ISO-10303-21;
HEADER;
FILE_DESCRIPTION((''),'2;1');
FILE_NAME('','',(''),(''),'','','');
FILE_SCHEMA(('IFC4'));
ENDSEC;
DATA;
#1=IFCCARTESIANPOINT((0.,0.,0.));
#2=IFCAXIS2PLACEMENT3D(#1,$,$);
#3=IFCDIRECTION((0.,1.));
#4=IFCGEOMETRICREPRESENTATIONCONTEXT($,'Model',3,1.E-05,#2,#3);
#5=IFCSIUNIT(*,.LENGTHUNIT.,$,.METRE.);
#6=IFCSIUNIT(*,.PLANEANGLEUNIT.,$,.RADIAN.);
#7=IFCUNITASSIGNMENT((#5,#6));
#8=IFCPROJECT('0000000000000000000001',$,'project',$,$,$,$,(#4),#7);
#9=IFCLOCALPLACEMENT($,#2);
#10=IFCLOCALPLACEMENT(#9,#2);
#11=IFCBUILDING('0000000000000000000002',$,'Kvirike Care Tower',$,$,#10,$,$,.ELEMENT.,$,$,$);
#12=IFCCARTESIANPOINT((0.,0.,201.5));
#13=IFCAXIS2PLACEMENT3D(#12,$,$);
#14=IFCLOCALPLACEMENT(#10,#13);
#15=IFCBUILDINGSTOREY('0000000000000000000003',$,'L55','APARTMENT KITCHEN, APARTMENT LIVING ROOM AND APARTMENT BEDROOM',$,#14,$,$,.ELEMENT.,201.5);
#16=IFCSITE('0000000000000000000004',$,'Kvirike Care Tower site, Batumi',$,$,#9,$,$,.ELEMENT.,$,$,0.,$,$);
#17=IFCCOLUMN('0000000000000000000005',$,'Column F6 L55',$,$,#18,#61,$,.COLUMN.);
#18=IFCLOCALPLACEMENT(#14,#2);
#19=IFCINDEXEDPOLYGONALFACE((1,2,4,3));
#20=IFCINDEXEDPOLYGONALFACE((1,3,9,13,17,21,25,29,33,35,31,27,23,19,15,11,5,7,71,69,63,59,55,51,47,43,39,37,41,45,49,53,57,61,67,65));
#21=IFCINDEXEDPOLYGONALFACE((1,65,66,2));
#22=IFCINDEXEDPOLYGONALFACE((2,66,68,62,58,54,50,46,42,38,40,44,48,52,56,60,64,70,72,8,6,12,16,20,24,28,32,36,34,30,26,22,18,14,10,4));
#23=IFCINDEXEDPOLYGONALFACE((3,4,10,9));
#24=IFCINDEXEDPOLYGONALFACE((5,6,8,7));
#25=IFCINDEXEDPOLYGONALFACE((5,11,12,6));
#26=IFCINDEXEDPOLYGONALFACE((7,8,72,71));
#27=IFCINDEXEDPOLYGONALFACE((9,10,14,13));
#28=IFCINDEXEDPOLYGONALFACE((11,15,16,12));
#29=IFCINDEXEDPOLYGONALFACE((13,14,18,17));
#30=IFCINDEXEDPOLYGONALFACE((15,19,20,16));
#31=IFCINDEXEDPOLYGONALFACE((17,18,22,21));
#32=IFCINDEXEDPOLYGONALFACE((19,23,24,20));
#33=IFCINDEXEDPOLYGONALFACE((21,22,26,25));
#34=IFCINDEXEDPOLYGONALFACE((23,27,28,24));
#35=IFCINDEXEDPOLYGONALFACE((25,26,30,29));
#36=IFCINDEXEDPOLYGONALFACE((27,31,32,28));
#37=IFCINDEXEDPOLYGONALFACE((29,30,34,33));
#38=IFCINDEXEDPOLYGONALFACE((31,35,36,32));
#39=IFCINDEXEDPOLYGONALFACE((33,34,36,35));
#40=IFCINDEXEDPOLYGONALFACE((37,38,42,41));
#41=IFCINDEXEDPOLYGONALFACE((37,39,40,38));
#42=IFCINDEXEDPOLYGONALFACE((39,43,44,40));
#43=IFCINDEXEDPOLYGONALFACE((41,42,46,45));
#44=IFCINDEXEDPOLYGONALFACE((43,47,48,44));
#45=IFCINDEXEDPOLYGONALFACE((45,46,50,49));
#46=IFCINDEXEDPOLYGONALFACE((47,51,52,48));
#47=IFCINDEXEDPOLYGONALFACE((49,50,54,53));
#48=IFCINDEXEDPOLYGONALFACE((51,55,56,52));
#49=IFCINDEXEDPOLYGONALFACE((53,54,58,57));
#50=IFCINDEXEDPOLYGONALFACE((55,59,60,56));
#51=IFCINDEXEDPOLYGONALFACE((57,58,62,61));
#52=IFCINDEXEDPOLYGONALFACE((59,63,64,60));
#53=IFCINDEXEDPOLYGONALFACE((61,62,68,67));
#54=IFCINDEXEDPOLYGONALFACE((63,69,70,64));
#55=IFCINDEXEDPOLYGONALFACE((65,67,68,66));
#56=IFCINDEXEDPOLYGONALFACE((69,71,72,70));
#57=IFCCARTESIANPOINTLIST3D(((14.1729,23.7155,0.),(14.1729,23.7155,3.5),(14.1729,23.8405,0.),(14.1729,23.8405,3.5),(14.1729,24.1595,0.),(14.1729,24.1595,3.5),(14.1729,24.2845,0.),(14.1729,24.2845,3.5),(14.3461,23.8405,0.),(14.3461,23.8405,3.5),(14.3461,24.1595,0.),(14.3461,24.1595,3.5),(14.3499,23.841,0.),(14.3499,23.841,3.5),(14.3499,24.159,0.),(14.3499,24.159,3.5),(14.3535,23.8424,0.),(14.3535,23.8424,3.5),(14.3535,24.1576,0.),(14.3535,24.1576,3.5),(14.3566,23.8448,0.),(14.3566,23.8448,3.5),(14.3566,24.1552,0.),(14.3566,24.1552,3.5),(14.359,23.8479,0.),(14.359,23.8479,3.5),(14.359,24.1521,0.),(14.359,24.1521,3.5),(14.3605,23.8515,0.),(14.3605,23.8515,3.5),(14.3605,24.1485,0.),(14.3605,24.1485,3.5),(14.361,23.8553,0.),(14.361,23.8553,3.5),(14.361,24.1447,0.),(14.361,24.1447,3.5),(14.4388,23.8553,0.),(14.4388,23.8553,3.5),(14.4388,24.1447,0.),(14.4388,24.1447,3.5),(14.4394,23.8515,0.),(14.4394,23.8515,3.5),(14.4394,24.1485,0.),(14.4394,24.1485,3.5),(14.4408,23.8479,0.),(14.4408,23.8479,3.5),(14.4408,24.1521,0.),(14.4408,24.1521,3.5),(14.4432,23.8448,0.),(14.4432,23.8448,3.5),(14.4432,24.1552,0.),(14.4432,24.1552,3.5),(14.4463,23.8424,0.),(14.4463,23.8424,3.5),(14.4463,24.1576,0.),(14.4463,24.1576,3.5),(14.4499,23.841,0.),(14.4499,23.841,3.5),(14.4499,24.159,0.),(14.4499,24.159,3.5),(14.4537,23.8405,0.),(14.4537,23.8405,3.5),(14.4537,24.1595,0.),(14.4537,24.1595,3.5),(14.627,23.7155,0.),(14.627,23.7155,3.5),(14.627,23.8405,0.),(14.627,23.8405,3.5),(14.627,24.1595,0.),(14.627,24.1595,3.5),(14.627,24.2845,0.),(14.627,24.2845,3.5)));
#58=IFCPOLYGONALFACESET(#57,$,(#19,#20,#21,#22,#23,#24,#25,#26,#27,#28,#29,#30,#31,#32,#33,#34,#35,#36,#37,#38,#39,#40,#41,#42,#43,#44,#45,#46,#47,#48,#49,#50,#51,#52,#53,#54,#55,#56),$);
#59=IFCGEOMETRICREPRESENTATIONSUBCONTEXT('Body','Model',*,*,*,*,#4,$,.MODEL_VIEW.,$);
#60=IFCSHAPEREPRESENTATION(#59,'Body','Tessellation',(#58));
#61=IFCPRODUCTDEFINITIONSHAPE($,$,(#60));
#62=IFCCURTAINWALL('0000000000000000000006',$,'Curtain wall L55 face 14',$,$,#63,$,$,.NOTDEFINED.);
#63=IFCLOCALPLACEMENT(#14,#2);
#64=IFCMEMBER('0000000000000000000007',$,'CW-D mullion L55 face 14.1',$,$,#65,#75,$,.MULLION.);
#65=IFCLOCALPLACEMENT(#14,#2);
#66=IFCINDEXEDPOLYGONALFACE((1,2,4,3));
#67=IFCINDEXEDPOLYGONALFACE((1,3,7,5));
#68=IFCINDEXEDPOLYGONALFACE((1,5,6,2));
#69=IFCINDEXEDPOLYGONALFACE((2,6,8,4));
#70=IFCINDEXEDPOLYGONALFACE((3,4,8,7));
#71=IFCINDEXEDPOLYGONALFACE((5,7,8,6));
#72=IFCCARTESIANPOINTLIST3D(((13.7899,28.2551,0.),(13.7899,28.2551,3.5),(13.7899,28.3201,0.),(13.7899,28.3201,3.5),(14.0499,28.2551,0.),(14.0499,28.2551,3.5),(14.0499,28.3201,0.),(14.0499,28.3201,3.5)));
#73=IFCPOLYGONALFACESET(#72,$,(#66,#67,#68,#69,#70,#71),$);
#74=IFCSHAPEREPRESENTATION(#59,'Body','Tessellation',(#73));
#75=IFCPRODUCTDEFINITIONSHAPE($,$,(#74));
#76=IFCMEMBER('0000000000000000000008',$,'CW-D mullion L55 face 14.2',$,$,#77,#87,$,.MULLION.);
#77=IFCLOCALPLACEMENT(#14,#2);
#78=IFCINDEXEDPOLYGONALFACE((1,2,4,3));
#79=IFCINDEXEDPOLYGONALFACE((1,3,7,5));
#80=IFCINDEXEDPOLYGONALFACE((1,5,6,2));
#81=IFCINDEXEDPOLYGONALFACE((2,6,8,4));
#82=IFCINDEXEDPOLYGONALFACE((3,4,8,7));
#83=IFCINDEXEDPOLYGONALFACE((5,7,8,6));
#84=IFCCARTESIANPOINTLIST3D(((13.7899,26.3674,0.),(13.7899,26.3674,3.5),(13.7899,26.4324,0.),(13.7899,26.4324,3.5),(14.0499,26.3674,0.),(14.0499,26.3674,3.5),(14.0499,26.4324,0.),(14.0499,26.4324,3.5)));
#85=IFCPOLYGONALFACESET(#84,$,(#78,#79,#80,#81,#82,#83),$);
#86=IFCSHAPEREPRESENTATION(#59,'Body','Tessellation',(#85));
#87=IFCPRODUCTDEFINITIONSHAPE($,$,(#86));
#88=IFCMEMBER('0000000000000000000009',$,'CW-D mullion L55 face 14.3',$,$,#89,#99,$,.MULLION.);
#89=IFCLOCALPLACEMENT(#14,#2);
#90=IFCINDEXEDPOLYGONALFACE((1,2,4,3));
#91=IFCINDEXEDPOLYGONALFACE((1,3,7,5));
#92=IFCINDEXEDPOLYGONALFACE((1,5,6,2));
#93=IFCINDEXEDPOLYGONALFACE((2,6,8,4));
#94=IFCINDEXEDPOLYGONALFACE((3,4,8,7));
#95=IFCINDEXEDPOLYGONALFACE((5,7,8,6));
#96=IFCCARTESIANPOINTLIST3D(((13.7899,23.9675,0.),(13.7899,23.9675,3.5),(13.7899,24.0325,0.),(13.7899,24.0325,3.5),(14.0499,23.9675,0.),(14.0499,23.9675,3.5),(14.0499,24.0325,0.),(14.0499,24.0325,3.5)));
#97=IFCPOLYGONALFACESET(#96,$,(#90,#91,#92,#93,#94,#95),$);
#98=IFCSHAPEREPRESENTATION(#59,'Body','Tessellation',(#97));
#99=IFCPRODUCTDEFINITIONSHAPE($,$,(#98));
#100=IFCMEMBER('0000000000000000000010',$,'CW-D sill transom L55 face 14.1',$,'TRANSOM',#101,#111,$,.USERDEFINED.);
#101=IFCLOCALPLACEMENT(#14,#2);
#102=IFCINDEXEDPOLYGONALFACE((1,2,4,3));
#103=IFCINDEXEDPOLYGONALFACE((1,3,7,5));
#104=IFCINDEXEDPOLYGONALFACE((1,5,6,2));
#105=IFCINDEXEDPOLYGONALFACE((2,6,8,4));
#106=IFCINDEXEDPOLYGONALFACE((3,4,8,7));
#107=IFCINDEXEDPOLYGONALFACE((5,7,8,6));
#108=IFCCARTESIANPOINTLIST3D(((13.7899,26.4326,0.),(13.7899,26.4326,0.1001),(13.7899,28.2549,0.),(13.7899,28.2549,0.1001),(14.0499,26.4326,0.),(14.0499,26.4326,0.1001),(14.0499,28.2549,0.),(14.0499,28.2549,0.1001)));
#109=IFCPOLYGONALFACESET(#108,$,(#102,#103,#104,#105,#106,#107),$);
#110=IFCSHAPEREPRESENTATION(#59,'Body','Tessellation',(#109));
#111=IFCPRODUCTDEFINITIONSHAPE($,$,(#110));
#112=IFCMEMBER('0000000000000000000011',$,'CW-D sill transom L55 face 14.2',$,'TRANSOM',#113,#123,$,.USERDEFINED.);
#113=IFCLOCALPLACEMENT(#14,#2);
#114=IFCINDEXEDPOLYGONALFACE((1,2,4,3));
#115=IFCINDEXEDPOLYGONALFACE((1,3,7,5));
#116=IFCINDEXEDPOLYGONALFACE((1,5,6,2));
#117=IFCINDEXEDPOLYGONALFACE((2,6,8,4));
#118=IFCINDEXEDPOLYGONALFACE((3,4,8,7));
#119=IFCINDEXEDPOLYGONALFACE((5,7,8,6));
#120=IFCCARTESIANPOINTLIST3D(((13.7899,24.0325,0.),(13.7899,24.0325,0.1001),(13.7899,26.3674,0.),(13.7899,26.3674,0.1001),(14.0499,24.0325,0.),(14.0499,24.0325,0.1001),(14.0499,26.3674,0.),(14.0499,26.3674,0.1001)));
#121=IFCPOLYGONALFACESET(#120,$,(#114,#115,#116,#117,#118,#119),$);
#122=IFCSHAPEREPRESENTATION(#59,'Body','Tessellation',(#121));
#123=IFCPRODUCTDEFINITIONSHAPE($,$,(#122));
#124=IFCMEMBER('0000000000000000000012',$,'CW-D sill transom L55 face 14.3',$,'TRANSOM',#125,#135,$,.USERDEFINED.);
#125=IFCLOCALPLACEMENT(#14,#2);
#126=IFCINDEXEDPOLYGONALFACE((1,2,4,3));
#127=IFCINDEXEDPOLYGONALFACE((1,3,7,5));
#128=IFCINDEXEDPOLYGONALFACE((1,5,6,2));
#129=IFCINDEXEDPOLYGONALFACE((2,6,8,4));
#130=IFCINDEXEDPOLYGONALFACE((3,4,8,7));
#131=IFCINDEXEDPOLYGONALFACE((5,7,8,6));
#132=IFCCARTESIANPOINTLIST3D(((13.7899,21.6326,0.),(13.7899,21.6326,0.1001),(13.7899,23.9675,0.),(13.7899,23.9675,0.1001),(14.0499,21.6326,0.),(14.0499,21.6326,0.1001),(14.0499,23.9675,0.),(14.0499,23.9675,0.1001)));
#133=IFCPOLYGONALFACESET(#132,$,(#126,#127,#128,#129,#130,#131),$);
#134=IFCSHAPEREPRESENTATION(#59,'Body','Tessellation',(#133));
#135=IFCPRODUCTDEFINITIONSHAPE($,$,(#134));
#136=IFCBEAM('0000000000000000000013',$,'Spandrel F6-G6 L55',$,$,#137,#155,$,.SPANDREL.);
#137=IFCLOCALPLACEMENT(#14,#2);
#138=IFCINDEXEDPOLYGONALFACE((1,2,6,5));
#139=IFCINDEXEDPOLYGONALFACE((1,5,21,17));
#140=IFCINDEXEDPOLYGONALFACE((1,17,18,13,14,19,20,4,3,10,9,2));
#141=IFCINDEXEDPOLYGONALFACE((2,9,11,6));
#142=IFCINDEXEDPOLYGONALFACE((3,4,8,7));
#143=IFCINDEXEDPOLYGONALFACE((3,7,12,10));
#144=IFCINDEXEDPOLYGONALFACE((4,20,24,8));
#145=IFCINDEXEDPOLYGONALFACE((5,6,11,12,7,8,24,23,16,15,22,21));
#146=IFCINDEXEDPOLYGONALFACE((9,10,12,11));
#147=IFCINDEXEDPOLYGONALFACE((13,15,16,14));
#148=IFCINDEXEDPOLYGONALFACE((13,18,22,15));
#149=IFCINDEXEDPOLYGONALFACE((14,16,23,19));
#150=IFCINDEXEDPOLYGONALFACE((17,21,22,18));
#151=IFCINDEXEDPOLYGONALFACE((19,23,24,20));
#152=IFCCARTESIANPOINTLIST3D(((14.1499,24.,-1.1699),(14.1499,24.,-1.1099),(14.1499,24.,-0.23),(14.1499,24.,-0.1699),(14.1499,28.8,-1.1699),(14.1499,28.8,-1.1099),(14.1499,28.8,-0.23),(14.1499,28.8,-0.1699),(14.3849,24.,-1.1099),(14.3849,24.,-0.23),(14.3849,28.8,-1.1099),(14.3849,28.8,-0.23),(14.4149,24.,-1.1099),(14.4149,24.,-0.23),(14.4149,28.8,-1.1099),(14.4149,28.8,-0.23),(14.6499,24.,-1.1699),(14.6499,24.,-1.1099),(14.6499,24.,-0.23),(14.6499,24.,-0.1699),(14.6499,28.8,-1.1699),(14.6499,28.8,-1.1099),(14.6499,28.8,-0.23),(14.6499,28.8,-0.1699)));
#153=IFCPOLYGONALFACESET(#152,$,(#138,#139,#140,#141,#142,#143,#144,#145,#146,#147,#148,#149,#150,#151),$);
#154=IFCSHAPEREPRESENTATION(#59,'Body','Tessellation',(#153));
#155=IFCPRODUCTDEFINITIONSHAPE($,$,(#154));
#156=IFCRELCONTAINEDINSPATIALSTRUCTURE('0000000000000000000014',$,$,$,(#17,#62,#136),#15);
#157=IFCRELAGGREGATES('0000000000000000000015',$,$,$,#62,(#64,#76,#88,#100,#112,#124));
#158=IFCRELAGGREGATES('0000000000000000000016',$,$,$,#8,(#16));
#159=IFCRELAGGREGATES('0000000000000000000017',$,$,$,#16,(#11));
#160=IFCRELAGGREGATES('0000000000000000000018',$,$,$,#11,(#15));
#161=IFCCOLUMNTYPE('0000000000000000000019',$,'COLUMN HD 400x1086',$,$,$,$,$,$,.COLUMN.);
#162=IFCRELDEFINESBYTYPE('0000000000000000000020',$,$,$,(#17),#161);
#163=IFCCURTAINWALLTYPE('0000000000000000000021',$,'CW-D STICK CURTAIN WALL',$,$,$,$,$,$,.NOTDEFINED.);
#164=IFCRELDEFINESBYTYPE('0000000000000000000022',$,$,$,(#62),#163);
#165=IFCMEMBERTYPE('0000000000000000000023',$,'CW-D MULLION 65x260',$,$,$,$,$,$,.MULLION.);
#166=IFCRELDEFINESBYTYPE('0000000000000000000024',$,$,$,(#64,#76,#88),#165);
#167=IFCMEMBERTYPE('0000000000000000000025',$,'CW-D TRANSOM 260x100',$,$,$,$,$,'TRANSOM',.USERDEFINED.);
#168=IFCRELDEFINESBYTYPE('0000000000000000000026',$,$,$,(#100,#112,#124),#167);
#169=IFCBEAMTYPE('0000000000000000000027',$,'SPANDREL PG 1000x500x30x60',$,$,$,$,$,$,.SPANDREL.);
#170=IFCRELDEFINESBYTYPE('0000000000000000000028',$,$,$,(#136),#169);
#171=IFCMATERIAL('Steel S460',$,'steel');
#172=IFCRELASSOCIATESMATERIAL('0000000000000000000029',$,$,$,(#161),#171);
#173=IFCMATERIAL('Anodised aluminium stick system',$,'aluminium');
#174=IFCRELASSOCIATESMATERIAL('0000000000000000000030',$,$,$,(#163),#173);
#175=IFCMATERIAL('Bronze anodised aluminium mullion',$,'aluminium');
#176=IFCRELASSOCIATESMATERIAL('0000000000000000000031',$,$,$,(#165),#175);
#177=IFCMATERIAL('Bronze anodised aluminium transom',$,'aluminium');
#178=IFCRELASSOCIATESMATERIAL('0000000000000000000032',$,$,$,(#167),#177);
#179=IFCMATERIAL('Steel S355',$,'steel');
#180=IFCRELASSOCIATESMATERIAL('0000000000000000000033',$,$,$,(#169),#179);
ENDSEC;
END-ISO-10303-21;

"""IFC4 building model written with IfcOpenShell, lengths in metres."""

from ifc_helpers import new_model, si_unit, direction, frame, origin, origin_2d, place, context, subcontext, project, spatial, rectangle, i_section, extrude, material, material_profile, profile_set, type_object, element, aggregate, save


model = new_model("IFC4")

# Units and contexts
model_context = context("Model", 3, precision=1e-05, world=origin(), true_north=direction((0.0, 1.0)))
body_context = subcontext(model_context, "Body", "Model", "MODEL_VIEW")
ifc_project = project(units=[si_unit("LENGTHUNIT", "METRE"), si_unit("PLANEANGLEUNIT", "RADIAN")], contexts=[model_context])

# Site, building, storey
site_placement = place(None, origin())
site = spatial("IfcSite", under=ifc_project, at=site_placement, Name="Kvirike Care Tower site, Batumi", CompositionType="ELEMENT", RefElevation=0.0)
building_placement = place(site_placement, origin())
building = spatial("IfcBuilding", under=site, at=building_placement, Name="Kvirike Care Tower", CompositionType="ELEMENT")
storey_placement = place(building_placement, frame((0.0, 0.0, 201.5)))
storey = spatial("IfcBuildingStorey", under=building, at=storey_placement, Name="L55", Description="APARTMENT KITCHEN, APARTMENT LIVING ROOM AND APARTMENT BEDROOM", CompositionType="ELEMENT", Elevation=201.5)

# Column
ifc_material_1 = material(Name="Steel S460", Category="steel")
ifc_material_profile_1 = material_profile(ifc_material_1, i_section(OverallWidth=0.4541, OverallDepth=0.5691, WebThickness=0.0779, FlangeThickness=0.125, FilletRadius=0.0149, at=origin_2d()), Name="HD 400x1086")
ifc_profile_set_1 = profile_set([ifc_material_profile_1], Name="Steel S460")
column_type = type_object("IfcColumnType", Name="COLUMN HD 400x1086", PredefinedType="COLUMN", material=ifc_profile_set_1)
column_placement = place(storey_placement, frame((14.3999, 24.0, 0.0), z_axis=(0.0, 0.0, 1.0), x_axis=(1.0, 0.0, 0.0)))
element("IfcColumn", 1, at=column_placement, inside=storey, type_object=column_type, Name="Column F6 L55", PredefinedType="COLUMN", context=body_context, shape_type="SweptSolid", body=[
    extrude(i_section(OverallWidth=0.4541, OverallDepth=0.5691, WebThickness=0.0779, FlangeThickness=0.125, FilletRadius=0.0149, at=origin_2d()), origin(), (0.0, 0.0, 1.0), 3.5),
])

# Curtain wall, members
ifc_material_2 = material(Name="Anodised aluminium stick system", Category="aluminium")
curtain_wall_type = type_object("IfcCurtainWallType", Name="CW-D STICK CURTAIN WALL", PredefinedType="NOTDEFINED", material=ifc_material_2)
curtain_wall_placement = place(storey_placement, origin())
curtain_wall = element("IfcCurtainWall", 2, at=curtain_wall_placement, inside=storey, type_object=curtain_wall_type, Name="Curtain wall L55 face 14", PredefinedType="NOTDEFINED")
ifc_material_3 = material(Name="Bronze anodised aluminium mullion", Category="aluminium")
ifc_material_profile_2 = material_profile(ifc_material_3, rectangle(XDim=0.0649, YDim=0.26, at=origin_2d()), Name="CW-D MULLION 65x260")
ifc_profile_set_2 = profile_set([ifc_material_profile_2], Name="Bronze anodised aluminium mullion")
member_type_1 = type_object("IfcMemberType", Name="CW-D MULLION 65x260", PredefinedType="MULLION", material=ifc_profile_set_2)
member_1_placement = place(storey_placement, frame((13.9199, 28.2876, 0.0), z_axis=(0.0, 0.0, 1.0), x_axis=(0.0, -1.0, 0.0)))
member_1 = element("IfcMember", 3, at=member_1_placement, type_object=member_type_1, Name="CW-D mullion L55 face 14.1", PredefinedType="MULLION", context=body_context, shape_type="SweptSolid", body=[
    extrude(rectangle(XDim=0.0649, YDim=0.26, at=origin_2d()), origin(), (0.0, 0.0, 1.0), 3.5),
])
member_2_placement = place(storey_placement, frame((13.9199, 26.3999, 0.0), z_axis=(0.0, 0.0, 1.0), x_axis=(0.0, -1.0, 0.0)))
member_2 = element("IfcMember", 4, at=member_2_placement, type_object=member_type_1, Name="CW-D mullion L55 face 14.2", PredefinedType="MULLION", context=body_context, shape_type="SweptSolid", body=[
    extrude(rectangle(XDim=0.0649, YDim=0.26, at=origin_2d()), origin(), (0.0, 0.0, 1.0), 3.5),
])
member_3_placement = place(storey_placement, frame((13.9199, 24.0, 0.0), z_axis=(0.0, 0.0, 1.0), x_axis=(0.0, -1.0, 0.0)))
member_3 = element("IfcMember", 5, at=member_3_placement, type_object=member_type_1, Name="CW-D mullion L55 face 14.3", PredefinedType="MULLION", context=body_context, shape_type="SweptSolid", body=[
    extrude(rectangle(XDim=0.0649, YDim=0.26, at=origin_2d()), origin(), (0.0, 0.0, 1.0), 3.5),
])
ifc_material_4 = material(Name="Bronze anodised aluminium transom", Category="aluminium")
ifc_material_profile_3 = material_profile(ifc_material_4, rectangle(XDim=0.26, YDim=0.1001, at=origin_2d()), Name="CW-D TRANSOM 260x100")
ifc_profile_set_3 = profile_set([ifc_material_profile_3], Name="Bronze anodised aluminium transom")
member_type_2 = type_object("IfcMemberType", Name="CW-D TRANSOM 260x100", ElementType="TRANSOM", PredefinedType="USERDEFINED", material=ifc_profile_set_3)
member_4_placement = place(storey_placement, frame((13.9199, 28.2549, 0.05), z_axis=(0.0, -1.0, 0.0), x_axis=(1.0, 0.0, 0.0)))
member_4 = element("IfcMember", 6, at=member_4_placement, type_object=member_type_2, Name="CW-D sill transom L55 face 14.1", ObjectType="TRANSOM", PredefinedType="USERDEFINED", context=body_context, shape_type="SweptSolid", body=[
    extrude(rectangle(XDim=0.26, YDim=0.1001, at=origin_2d()), origin(), (0.0, 0.0, 1.0), 1.8223),
])
member_5_placement = place(storey_placement, frame((13.9199, 26.3674, 0.05), z_axis=(0.0, -1.0, 0.0), x_axis=(1.0, 0.0, 0.0)))
member_5 = element("IfcMember", 7, at=member_5_placement, type_object=member_type_2, Name="CW-D sill transom L55 face 14.2", ObjectType="TRANSOM", PredefinedType="USERDEFINED", context=body_context, shape_type="SweptSolid", body=[
    extrude(rectangle(XDim=0.26, YDim=0.1001, at=origin_2d()), origin(), (0.0, 0.0, 1.0), 2.335),
])
member_6_placement = place(storey_placement, frame((13.9199, 23.9675, 0.05), z_axis=(0.0, -1.0, 0.0), x_axis=(1.0, 0.0, 0.0)))
member_6 = element("IfcMember", 8, at=member_6_placement, type_object=member_type_2, Name="CW-D sill transom L55 face 14.3", ObjectType="TRANSOM", PredefinedType="USERDEFINED", context=body_context, shape_type="SweptSolid", body=[
    extrude(rectangle(XDim=0.26, YDim=0.1001, at=origin_2d()), origin(), (0.0, 0.0, 1.0), 2.335),
])

# Beam
ifc_material_5 = material(Name="Steel S355", Category="steel")
ifc_material_profile_4 = material_profile(ifc_material_5, i_section(OverallWidth=0.5, OverallDepth=1.0, WebThickness=0.03, FlangeThickness=0.0601, at=origin_2d()), Name="PG 1000x500x30x60")
ifc_profile_set_4 = profile_set([ifc_material_profile_4], Name="Steel S355")
beam_type_1 = type_object("IfcBeamType", Name="SPANDREL PG 1000x500x30x60", PredefinedType="SPANDREL", material=ifc_profile_set_4)
beam_1_placement = place(storey_placement, frame((14.3999, 24.0, -0.6699), z_axis=(0.0, 1.0, 0.0), x_axis=(-1.0, 0.0, 0.0)))
element("IfcBeam", 9, at=beam_1_placement, inside=storey, type_object=beam_type_1, Name="Spandrel F6-G6 L55", PredefinedType="SPANDREL", context=body_context, shape_type="SweptSolid", body=[
    extrude(i_section(OverallWidth=0.5, OverallDepth=1.0, WebThickness=0.03, FlangeThickness=0.0601, at=origin_2d()), origin(), (0.0, 0.0, 1.0), 4.8),
])

aggregate(curtain_wall, [member_1, member_2, member_3, member_4, member_5, member_6])

save(model, "model.ifc")
